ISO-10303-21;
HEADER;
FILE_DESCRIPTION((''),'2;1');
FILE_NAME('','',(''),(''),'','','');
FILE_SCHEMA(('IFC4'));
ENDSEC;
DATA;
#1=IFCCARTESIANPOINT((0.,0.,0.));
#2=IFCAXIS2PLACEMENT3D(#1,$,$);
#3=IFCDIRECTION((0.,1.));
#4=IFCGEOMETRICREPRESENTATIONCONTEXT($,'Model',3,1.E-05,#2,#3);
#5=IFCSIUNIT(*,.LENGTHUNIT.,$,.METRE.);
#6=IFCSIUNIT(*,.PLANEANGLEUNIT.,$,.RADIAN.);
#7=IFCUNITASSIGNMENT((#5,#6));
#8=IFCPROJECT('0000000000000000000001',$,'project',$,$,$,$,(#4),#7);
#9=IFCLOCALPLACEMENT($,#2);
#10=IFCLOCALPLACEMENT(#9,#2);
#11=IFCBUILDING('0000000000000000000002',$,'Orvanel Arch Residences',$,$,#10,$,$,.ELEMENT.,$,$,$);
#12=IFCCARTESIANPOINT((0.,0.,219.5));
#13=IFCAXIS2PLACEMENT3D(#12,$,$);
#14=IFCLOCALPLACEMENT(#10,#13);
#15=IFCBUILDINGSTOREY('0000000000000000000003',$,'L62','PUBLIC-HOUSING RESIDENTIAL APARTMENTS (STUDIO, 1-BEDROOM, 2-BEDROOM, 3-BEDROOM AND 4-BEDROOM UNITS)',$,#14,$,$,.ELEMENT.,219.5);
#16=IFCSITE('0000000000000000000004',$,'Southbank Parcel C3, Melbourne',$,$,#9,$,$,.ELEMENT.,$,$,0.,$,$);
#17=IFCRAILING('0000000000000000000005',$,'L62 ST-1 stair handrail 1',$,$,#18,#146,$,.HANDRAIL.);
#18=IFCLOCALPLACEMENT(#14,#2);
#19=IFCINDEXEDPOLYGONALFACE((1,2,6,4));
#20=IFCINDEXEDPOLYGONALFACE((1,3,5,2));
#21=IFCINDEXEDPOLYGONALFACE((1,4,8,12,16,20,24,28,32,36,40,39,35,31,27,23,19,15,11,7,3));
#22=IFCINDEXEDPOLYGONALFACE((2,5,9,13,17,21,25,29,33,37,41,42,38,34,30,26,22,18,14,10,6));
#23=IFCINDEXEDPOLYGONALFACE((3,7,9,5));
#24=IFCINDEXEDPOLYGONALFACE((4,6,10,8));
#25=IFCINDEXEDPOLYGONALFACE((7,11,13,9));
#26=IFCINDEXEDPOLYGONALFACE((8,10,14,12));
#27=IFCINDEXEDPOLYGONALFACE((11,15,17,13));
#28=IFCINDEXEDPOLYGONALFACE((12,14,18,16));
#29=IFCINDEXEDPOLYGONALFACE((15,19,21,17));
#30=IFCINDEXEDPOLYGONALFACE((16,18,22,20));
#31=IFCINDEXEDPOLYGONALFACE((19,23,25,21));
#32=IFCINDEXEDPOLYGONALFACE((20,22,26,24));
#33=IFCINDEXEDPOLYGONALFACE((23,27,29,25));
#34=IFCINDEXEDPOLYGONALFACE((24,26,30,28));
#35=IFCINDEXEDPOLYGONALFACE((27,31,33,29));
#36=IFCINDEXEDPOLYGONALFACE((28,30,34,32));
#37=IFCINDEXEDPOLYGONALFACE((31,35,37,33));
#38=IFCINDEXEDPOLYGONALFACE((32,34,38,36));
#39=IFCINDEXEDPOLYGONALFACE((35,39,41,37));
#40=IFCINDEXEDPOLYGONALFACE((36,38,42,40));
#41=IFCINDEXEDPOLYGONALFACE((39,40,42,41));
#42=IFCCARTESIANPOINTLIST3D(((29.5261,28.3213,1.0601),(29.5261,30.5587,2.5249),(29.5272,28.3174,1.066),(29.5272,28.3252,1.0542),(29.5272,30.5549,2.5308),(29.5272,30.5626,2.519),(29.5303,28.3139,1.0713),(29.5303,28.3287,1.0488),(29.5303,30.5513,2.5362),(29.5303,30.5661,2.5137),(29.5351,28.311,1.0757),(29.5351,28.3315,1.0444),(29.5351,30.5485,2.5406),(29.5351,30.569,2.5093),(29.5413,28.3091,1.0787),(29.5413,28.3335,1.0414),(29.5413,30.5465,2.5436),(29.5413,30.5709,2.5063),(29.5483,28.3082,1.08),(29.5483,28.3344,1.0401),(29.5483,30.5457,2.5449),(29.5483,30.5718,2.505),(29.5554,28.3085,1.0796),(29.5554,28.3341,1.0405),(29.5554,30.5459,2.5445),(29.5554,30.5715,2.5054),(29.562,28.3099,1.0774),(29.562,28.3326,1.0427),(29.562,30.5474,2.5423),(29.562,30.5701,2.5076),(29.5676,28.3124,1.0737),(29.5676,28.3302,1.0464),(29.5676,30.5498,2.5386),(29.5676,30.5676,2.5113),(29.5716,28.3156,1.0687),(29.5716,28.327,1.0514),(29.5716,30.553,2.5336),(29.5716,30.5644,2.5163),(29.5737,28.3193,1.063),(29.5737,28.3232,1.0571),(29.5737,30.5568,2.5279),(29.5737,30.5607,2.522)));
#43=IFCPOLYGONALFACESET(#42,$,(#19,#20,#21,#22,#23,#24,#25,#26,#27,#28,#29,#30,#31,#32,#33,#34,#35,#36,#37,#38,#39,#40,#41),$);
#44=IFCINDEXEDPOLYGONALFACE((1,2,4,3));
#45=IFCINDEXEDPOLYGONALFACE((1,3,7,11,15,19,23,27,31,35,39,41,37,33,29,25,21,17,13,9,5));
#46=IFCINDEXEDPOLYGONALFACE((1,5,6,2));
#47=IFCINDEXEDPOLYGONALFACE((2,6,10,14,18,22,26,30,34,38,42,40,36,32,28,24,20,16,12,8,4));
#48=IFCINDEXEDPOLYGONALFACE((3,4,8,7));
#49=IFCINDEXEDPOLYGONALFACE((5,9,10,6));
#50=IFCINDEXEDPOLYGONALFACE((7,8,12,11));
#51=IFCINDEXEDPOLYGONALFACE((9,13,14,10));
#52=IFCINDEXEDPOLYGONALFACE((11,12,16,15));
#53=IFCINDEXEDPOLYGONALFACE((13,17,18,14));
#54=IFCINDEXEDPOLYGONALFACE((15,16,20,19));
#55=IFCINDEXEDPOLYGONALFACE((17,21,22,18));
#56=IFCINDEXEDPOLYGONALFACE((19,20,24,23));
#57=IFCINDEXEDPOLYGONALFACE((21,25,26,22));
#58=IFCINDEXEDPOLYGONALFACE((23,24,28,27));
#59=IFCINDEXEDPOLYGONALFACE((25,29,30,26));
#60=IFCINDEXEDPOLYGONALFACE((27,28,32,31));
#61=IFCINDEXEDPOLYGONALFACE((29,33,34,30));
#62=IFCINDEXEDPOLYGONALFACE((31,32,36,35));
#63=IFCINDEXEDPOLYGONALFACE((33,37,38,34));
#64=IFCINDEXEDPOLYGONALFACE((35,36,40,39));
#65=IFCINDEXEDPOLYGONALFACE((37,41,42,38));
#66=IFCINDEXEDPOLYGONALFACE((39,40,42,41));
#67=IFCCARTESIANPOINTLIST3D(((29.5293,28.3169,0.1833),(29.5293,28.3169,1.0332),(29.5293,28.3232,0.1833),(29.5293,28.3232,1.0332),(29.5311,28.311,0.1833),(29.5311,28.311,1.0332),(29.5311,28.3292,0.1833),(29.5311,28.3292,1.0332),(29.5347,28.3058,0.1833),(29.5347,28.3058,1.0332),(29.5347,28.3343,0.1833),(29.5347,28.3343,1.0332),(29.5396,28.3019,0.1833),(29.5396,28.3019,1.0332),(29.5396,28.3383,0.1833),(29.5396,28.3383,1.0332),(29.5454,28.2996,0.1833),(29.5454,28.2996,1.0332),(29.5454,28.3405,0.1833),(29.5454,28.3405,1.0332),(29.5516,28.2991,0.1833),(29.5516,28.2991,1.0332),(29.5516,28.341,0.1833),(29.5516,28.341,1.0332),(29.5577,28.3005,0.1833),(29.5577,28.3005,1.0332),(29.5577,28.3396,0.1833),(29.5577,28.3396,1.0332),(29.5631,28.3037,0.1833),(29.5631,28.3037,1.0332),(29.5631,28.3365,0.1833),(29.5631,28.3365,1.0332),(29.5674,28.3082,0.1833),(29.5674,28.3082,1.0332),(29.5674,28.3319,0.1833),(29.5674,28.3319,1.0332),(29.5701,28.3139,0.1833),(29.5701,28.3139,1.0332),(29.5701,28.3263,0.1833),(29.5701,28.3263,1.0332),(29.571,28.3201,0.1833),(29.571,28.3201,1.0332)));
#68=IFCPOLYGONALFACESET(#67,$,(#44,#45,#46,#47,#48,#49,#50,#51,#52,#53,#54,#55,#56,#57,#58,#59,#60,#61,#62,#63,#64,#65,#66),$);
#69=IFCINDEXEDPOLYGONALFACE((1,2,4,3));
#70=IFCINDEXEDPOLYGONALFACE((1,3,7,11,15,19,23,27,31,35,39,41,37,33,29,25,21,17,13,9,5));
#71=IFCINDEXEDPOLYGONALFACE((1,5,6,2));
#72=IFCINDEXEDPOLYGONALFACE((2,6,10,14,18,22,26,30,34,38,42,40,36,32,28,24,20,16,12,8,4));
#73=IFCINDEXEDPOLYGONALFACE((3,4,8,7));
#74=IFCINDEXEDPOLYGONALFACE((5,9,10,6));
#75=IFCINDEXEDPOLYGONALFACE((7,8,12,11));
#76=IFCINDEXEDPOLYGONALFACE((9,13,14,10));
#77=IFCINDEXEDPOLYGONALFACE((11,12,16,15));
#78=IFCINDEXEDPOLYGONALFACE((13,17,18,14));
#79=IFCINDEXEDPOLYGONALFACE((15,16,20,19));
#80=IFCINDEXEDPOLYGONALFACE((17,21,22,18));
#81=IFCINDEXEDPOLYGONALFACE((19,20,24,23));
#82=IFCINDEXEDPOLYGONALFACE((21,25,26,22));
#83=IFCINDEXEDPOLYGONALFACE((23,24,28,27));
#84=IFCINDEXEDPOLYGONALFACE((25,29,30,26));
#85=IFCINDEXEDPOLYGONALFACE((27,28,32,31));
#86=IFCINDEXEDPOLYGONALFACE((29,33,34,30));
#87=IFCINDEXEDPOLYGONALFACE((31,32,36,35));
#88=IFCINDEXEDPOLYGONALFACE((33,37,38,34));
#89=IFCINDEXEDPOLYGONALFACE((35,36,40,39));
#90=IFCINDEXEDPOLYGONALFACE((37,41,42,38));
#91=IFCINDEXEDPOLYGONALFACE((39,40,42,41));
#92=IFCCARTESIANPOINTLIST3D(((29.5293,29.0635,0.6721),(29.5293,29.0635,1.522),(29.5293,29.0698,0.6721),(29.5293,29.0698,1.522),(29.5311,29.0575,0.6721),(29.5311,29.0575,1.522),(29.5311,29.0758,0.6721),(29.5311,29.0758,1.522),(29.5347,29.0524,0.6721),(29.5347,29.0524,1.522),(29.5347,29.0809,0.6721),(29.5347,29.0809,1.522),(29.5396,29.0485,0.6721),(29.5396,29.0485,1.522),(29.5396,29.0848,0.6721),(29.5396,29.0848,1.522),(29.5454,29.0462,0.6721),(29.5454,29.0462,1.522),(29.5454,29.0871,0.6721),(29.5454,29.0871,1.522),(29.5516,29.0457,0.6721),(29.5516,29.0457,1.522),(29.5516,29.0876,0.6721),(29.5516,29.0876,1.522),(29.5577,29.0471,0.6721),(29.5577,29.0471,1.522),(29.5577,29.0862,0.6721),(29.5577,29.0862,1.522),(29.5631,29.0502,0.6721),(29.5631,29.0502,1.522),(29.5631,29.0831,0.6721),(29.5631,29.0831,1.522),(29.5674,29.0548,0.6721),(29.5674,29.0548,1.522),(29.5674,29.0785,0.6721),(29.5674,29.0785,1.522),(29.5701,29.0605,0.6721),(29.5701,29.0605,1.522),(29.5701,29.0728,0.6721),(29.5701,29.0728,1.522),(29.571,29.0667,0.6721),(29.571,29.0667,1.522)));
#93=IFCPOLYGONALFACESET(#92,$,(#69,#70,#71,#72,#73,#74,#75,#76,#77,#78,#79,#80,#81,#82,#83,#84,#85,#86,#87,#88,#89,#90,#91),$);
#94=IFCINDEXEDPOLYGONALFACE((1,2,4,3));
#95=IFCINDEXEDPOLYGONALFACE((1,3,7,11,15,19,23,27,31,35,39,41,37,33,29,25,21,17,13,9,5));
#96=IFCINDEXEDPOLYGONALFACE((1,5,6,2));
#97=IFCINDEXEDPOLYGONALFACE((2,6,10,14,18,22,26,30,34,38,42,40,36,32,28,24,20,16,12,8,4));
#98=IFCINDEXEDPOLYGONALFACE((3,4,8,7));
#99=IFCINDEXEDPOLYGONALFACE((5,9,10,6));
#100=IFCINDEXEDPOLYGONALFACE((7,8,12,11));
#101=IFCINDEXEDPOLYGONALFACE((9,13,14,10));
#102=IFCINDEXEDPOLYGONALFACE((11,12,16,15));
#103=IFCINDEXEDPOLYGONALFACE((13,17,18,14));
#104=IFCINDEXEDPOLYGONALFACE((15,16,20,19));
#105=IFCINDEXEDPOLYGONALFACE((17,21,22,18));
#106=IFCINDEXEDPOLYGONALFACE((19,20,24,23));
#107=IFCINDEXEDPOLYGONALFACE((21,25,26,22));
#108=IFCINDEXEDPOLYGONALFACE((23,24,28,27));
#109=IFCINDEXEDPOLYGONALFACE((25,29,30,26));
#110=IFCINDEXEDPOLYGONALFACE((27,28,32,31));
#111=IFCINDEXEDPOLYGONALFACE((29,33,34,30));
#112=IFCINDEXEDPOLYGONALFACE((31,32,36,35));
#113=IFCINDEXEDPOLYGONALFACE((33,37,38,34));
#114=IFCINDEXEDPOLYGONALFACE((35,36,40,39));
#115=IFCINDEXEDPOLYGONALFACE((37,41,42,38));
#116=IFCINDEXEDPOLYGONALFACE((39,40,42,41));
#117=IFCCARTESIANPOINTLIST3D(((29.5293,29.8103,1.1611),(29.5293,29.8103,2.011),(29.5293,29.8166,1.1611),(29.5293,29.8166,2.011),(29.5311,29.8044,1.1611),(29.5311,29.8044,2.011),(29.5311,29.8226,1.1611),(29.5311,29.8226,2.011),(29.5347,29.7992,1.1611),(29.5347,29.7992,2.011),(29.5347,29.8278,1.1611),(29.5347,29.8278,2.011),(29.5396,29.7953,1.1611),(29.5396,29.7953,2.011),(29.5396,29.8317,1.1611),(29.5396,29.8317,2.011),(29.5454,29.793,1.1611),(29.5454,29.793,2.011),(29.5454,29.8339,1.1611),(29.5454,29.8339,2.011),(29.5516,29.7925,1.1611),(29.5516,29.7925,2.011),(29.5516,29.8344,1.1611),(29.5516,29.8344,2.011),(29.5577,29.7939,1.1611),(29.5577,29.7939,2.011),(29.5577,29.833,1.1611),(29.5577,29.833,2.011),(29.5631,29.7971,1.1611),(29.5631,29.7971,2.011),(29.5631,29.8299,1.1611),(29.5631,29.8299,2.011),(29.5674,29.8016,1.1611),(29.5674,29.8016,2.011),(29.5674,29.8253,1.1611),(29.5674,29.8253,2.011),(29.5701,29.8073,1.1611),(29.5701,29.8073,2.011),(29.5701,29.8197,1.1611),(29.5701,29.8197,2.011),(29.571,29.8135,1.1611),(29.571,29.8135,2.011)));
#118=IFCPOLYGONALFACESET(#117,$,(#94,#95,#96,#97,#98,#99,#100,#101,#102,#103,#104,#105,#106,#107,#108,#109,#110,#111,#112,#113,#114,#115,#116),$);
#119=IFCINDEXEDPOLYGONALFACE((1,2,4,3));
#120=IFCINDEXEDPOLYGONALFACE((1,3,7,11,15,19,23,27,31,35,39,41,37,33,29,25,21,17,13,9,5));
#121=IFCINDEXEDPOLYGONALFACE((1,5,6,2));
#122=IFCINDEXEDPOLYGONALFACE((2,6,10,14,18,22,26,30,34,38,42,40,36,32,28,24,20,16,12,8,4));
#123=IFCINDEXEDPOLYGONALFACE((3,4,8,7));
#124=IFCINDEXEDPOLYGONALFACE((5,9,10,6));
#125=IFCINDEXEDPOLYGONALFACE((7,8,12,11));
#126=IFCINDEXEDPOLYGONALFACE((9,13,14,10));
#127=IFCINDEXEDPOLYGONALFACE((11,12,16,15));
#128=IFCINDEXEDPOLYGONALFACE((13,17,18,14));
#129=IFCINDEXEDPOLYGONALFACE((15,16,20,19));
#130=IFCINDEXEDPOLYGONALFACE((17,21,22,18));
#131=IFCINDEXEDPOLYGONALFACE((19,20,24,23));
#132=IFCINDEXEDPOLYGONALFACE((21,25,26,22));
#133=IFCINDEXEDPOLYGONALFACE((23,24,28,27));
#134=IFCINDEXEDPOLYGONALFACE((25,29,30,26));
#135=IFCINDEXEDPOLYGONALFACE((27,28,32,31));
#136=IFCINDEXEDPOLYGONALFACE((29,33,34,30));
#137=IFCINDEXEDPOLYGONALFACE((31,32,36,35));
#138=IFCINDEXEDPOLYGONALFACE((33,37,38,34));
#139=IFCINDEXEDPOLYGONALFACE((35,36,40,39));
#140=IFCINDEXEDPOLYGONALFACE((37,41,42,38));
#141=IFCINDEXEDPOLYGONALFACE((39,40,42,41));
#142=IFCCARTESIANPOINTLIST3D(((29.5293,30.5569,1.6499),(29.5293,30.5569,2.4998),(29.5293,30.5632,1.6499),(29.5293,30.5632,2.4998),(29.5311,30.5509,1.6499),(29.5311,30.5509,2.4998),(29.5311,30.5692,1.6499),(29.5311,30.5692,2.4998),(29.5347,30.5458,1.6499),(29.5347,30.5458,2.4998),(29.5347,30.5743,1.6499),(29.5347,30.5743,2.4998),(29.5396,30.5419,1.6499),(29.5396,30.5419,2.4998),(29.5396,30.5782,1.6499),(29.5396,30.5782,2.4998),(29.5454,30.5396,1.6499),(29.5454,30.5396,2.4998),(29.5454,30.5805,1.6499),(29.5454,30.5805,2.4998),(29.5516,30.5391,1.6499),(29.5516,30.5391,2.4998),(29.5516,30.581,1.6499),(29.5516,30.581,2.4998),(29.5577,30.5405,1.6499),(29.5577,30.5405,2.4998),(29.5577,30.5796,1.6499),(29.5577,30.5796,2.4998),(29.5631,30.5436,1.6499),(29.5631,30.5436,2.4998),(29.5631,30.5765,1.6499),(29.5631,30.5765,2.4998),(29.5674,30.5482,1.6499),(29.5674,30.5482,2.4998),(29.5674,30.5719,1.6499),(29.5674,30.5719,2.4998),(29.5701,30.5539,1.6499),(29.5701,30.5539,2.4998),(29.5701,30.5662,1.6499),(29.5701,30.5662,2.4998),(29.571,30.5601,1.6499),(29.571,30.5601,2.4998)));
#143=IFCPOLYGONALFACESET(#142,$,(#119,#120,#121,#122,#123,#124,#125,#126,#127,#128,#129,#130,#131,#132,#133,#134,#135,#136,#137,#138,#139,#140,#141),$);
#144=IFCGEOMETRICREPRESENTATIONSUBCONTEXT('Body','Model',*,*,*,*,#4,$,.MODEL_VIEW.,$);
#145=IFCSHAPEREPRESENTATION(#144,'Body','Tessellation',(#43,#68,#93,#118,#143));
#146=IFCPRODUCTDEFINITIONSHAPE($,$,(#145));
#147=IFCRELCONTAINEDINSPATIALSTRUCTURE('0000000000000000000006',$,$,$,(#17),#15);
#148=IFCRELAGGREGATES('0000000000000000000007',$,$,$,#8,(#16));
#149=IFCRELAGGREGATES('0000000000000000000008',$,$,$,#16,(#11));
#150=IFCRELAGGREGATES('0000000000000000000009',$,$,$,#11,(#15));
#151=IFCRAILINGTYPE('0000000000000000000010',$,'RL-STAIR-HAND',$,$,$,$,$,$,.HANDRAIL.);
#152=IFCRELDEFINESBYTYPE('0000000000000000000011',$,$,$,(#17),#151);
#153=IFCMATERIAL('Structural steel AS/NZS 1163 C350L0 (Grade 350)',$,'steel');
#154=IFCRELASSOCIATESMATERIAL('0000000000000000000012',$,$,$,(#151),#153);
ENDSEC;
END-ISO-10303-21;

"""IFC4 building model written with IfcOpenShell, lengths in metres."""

from ifc_helpers import new_model, si_unit, direction, frame, origin, origin_2d, place, context, subcontext, project, spatial, circle, extrude, material, type_object, element, save


model = new_model("IFC4")

# Units and contexts
model_context = context("Model", 3, precision=1e-05, world=origin(), true_north=direction((0.0, 1.0)))
body_context = subcontext(model_context, "Body", "Model", "MODEL_VIEW")
ifc_project = project(units=[si_unit("LENGTHUNIT", "METRE"), si_unit("PLANEANGLEUNIT", "RADIAN")], contexts=[model_context])

# Site, building, storey
site_placement = place(None, origin())
site = spatial("IfcSite", under=ifc_project, at=site_placement, Name="Southbank Parcel C3, Melbourne", CompositionType="ELEMENT", RefElevation=0.0)
building_placement = place(site_placement, origin())
building = spatial("IfcBuilding", under=site, at=building_placement, Name="Orvanel Arch Residences", CompositionType="ELEMENT")
storey_placement = place(building_placement, frame((0.0, 0.0, 219.5)))
storey = spatial("IfcBuildingStorey", under=building, at=storey_placement, Name="L62", Description="PUBLIC-HOUSING RESIDENTIAL APARTMENTS (STUDIO, 1-BEDROOM, 2-BEDROOM, 3-BEDROOM AND 4-BEDROOM UNITS)", CompositionType="ELEMENT", Elevation=219.5)

# Railing
ifc_material_1 = material(Name="Structural steel AS/NZS 1163 C350L0 (Grade 350)", Category="steel")
railing_type_1 = type_object("IfcRailingType", Name="RL-STAIR-HAND", PredefinedType="HANDRAIL", material=ifc_material_1)
railing_1_placement = place(storey_placement, frame((29.55, 28.3201, 0.1833)))
element("IfcRailing", 1, at=railing_1_placement, inside=storey, type_object=railing_type_1, Name="L62 ST-1 stair handrail 1", PredefinedType="HANDRAIL", context=body_context, shape_type="SweptSolid", body=[
    extrude(circle(Radius=0.0239, at=origin_2d()), frame((0.0, 0.0012, 0.8767), z_axis=(0.0, 0.836637, 0.547758), x_axis=(-1.0, 0.0, 0.0)), (0.0, 0.0, 1.0), 2.6743),
    extrude(circle(Radius=0.021, at=origin_2d()), origin(), (0.0, 0.0, 1.0), 0.8499),
    extrude(circle(Radius=0.021, at=origin_2d()), frame((0.0, 0.7466, 0.4888)), (0.0, 0.0, 1.0), 0.8499),
    extrude(circle(Radius=0.021, at=origin_2d()), frame((0.0, 1.4934, 0.9778)), (0.0, 0.0, 1.0), 0.8499),
    extrude(circle(Radius=0.021, at=origin_2d()), frame((0.0, 2.24, 1.4666)), (0.0, 0.0, 1.0), 0.8499),
])

save(model, "model.ifc")
